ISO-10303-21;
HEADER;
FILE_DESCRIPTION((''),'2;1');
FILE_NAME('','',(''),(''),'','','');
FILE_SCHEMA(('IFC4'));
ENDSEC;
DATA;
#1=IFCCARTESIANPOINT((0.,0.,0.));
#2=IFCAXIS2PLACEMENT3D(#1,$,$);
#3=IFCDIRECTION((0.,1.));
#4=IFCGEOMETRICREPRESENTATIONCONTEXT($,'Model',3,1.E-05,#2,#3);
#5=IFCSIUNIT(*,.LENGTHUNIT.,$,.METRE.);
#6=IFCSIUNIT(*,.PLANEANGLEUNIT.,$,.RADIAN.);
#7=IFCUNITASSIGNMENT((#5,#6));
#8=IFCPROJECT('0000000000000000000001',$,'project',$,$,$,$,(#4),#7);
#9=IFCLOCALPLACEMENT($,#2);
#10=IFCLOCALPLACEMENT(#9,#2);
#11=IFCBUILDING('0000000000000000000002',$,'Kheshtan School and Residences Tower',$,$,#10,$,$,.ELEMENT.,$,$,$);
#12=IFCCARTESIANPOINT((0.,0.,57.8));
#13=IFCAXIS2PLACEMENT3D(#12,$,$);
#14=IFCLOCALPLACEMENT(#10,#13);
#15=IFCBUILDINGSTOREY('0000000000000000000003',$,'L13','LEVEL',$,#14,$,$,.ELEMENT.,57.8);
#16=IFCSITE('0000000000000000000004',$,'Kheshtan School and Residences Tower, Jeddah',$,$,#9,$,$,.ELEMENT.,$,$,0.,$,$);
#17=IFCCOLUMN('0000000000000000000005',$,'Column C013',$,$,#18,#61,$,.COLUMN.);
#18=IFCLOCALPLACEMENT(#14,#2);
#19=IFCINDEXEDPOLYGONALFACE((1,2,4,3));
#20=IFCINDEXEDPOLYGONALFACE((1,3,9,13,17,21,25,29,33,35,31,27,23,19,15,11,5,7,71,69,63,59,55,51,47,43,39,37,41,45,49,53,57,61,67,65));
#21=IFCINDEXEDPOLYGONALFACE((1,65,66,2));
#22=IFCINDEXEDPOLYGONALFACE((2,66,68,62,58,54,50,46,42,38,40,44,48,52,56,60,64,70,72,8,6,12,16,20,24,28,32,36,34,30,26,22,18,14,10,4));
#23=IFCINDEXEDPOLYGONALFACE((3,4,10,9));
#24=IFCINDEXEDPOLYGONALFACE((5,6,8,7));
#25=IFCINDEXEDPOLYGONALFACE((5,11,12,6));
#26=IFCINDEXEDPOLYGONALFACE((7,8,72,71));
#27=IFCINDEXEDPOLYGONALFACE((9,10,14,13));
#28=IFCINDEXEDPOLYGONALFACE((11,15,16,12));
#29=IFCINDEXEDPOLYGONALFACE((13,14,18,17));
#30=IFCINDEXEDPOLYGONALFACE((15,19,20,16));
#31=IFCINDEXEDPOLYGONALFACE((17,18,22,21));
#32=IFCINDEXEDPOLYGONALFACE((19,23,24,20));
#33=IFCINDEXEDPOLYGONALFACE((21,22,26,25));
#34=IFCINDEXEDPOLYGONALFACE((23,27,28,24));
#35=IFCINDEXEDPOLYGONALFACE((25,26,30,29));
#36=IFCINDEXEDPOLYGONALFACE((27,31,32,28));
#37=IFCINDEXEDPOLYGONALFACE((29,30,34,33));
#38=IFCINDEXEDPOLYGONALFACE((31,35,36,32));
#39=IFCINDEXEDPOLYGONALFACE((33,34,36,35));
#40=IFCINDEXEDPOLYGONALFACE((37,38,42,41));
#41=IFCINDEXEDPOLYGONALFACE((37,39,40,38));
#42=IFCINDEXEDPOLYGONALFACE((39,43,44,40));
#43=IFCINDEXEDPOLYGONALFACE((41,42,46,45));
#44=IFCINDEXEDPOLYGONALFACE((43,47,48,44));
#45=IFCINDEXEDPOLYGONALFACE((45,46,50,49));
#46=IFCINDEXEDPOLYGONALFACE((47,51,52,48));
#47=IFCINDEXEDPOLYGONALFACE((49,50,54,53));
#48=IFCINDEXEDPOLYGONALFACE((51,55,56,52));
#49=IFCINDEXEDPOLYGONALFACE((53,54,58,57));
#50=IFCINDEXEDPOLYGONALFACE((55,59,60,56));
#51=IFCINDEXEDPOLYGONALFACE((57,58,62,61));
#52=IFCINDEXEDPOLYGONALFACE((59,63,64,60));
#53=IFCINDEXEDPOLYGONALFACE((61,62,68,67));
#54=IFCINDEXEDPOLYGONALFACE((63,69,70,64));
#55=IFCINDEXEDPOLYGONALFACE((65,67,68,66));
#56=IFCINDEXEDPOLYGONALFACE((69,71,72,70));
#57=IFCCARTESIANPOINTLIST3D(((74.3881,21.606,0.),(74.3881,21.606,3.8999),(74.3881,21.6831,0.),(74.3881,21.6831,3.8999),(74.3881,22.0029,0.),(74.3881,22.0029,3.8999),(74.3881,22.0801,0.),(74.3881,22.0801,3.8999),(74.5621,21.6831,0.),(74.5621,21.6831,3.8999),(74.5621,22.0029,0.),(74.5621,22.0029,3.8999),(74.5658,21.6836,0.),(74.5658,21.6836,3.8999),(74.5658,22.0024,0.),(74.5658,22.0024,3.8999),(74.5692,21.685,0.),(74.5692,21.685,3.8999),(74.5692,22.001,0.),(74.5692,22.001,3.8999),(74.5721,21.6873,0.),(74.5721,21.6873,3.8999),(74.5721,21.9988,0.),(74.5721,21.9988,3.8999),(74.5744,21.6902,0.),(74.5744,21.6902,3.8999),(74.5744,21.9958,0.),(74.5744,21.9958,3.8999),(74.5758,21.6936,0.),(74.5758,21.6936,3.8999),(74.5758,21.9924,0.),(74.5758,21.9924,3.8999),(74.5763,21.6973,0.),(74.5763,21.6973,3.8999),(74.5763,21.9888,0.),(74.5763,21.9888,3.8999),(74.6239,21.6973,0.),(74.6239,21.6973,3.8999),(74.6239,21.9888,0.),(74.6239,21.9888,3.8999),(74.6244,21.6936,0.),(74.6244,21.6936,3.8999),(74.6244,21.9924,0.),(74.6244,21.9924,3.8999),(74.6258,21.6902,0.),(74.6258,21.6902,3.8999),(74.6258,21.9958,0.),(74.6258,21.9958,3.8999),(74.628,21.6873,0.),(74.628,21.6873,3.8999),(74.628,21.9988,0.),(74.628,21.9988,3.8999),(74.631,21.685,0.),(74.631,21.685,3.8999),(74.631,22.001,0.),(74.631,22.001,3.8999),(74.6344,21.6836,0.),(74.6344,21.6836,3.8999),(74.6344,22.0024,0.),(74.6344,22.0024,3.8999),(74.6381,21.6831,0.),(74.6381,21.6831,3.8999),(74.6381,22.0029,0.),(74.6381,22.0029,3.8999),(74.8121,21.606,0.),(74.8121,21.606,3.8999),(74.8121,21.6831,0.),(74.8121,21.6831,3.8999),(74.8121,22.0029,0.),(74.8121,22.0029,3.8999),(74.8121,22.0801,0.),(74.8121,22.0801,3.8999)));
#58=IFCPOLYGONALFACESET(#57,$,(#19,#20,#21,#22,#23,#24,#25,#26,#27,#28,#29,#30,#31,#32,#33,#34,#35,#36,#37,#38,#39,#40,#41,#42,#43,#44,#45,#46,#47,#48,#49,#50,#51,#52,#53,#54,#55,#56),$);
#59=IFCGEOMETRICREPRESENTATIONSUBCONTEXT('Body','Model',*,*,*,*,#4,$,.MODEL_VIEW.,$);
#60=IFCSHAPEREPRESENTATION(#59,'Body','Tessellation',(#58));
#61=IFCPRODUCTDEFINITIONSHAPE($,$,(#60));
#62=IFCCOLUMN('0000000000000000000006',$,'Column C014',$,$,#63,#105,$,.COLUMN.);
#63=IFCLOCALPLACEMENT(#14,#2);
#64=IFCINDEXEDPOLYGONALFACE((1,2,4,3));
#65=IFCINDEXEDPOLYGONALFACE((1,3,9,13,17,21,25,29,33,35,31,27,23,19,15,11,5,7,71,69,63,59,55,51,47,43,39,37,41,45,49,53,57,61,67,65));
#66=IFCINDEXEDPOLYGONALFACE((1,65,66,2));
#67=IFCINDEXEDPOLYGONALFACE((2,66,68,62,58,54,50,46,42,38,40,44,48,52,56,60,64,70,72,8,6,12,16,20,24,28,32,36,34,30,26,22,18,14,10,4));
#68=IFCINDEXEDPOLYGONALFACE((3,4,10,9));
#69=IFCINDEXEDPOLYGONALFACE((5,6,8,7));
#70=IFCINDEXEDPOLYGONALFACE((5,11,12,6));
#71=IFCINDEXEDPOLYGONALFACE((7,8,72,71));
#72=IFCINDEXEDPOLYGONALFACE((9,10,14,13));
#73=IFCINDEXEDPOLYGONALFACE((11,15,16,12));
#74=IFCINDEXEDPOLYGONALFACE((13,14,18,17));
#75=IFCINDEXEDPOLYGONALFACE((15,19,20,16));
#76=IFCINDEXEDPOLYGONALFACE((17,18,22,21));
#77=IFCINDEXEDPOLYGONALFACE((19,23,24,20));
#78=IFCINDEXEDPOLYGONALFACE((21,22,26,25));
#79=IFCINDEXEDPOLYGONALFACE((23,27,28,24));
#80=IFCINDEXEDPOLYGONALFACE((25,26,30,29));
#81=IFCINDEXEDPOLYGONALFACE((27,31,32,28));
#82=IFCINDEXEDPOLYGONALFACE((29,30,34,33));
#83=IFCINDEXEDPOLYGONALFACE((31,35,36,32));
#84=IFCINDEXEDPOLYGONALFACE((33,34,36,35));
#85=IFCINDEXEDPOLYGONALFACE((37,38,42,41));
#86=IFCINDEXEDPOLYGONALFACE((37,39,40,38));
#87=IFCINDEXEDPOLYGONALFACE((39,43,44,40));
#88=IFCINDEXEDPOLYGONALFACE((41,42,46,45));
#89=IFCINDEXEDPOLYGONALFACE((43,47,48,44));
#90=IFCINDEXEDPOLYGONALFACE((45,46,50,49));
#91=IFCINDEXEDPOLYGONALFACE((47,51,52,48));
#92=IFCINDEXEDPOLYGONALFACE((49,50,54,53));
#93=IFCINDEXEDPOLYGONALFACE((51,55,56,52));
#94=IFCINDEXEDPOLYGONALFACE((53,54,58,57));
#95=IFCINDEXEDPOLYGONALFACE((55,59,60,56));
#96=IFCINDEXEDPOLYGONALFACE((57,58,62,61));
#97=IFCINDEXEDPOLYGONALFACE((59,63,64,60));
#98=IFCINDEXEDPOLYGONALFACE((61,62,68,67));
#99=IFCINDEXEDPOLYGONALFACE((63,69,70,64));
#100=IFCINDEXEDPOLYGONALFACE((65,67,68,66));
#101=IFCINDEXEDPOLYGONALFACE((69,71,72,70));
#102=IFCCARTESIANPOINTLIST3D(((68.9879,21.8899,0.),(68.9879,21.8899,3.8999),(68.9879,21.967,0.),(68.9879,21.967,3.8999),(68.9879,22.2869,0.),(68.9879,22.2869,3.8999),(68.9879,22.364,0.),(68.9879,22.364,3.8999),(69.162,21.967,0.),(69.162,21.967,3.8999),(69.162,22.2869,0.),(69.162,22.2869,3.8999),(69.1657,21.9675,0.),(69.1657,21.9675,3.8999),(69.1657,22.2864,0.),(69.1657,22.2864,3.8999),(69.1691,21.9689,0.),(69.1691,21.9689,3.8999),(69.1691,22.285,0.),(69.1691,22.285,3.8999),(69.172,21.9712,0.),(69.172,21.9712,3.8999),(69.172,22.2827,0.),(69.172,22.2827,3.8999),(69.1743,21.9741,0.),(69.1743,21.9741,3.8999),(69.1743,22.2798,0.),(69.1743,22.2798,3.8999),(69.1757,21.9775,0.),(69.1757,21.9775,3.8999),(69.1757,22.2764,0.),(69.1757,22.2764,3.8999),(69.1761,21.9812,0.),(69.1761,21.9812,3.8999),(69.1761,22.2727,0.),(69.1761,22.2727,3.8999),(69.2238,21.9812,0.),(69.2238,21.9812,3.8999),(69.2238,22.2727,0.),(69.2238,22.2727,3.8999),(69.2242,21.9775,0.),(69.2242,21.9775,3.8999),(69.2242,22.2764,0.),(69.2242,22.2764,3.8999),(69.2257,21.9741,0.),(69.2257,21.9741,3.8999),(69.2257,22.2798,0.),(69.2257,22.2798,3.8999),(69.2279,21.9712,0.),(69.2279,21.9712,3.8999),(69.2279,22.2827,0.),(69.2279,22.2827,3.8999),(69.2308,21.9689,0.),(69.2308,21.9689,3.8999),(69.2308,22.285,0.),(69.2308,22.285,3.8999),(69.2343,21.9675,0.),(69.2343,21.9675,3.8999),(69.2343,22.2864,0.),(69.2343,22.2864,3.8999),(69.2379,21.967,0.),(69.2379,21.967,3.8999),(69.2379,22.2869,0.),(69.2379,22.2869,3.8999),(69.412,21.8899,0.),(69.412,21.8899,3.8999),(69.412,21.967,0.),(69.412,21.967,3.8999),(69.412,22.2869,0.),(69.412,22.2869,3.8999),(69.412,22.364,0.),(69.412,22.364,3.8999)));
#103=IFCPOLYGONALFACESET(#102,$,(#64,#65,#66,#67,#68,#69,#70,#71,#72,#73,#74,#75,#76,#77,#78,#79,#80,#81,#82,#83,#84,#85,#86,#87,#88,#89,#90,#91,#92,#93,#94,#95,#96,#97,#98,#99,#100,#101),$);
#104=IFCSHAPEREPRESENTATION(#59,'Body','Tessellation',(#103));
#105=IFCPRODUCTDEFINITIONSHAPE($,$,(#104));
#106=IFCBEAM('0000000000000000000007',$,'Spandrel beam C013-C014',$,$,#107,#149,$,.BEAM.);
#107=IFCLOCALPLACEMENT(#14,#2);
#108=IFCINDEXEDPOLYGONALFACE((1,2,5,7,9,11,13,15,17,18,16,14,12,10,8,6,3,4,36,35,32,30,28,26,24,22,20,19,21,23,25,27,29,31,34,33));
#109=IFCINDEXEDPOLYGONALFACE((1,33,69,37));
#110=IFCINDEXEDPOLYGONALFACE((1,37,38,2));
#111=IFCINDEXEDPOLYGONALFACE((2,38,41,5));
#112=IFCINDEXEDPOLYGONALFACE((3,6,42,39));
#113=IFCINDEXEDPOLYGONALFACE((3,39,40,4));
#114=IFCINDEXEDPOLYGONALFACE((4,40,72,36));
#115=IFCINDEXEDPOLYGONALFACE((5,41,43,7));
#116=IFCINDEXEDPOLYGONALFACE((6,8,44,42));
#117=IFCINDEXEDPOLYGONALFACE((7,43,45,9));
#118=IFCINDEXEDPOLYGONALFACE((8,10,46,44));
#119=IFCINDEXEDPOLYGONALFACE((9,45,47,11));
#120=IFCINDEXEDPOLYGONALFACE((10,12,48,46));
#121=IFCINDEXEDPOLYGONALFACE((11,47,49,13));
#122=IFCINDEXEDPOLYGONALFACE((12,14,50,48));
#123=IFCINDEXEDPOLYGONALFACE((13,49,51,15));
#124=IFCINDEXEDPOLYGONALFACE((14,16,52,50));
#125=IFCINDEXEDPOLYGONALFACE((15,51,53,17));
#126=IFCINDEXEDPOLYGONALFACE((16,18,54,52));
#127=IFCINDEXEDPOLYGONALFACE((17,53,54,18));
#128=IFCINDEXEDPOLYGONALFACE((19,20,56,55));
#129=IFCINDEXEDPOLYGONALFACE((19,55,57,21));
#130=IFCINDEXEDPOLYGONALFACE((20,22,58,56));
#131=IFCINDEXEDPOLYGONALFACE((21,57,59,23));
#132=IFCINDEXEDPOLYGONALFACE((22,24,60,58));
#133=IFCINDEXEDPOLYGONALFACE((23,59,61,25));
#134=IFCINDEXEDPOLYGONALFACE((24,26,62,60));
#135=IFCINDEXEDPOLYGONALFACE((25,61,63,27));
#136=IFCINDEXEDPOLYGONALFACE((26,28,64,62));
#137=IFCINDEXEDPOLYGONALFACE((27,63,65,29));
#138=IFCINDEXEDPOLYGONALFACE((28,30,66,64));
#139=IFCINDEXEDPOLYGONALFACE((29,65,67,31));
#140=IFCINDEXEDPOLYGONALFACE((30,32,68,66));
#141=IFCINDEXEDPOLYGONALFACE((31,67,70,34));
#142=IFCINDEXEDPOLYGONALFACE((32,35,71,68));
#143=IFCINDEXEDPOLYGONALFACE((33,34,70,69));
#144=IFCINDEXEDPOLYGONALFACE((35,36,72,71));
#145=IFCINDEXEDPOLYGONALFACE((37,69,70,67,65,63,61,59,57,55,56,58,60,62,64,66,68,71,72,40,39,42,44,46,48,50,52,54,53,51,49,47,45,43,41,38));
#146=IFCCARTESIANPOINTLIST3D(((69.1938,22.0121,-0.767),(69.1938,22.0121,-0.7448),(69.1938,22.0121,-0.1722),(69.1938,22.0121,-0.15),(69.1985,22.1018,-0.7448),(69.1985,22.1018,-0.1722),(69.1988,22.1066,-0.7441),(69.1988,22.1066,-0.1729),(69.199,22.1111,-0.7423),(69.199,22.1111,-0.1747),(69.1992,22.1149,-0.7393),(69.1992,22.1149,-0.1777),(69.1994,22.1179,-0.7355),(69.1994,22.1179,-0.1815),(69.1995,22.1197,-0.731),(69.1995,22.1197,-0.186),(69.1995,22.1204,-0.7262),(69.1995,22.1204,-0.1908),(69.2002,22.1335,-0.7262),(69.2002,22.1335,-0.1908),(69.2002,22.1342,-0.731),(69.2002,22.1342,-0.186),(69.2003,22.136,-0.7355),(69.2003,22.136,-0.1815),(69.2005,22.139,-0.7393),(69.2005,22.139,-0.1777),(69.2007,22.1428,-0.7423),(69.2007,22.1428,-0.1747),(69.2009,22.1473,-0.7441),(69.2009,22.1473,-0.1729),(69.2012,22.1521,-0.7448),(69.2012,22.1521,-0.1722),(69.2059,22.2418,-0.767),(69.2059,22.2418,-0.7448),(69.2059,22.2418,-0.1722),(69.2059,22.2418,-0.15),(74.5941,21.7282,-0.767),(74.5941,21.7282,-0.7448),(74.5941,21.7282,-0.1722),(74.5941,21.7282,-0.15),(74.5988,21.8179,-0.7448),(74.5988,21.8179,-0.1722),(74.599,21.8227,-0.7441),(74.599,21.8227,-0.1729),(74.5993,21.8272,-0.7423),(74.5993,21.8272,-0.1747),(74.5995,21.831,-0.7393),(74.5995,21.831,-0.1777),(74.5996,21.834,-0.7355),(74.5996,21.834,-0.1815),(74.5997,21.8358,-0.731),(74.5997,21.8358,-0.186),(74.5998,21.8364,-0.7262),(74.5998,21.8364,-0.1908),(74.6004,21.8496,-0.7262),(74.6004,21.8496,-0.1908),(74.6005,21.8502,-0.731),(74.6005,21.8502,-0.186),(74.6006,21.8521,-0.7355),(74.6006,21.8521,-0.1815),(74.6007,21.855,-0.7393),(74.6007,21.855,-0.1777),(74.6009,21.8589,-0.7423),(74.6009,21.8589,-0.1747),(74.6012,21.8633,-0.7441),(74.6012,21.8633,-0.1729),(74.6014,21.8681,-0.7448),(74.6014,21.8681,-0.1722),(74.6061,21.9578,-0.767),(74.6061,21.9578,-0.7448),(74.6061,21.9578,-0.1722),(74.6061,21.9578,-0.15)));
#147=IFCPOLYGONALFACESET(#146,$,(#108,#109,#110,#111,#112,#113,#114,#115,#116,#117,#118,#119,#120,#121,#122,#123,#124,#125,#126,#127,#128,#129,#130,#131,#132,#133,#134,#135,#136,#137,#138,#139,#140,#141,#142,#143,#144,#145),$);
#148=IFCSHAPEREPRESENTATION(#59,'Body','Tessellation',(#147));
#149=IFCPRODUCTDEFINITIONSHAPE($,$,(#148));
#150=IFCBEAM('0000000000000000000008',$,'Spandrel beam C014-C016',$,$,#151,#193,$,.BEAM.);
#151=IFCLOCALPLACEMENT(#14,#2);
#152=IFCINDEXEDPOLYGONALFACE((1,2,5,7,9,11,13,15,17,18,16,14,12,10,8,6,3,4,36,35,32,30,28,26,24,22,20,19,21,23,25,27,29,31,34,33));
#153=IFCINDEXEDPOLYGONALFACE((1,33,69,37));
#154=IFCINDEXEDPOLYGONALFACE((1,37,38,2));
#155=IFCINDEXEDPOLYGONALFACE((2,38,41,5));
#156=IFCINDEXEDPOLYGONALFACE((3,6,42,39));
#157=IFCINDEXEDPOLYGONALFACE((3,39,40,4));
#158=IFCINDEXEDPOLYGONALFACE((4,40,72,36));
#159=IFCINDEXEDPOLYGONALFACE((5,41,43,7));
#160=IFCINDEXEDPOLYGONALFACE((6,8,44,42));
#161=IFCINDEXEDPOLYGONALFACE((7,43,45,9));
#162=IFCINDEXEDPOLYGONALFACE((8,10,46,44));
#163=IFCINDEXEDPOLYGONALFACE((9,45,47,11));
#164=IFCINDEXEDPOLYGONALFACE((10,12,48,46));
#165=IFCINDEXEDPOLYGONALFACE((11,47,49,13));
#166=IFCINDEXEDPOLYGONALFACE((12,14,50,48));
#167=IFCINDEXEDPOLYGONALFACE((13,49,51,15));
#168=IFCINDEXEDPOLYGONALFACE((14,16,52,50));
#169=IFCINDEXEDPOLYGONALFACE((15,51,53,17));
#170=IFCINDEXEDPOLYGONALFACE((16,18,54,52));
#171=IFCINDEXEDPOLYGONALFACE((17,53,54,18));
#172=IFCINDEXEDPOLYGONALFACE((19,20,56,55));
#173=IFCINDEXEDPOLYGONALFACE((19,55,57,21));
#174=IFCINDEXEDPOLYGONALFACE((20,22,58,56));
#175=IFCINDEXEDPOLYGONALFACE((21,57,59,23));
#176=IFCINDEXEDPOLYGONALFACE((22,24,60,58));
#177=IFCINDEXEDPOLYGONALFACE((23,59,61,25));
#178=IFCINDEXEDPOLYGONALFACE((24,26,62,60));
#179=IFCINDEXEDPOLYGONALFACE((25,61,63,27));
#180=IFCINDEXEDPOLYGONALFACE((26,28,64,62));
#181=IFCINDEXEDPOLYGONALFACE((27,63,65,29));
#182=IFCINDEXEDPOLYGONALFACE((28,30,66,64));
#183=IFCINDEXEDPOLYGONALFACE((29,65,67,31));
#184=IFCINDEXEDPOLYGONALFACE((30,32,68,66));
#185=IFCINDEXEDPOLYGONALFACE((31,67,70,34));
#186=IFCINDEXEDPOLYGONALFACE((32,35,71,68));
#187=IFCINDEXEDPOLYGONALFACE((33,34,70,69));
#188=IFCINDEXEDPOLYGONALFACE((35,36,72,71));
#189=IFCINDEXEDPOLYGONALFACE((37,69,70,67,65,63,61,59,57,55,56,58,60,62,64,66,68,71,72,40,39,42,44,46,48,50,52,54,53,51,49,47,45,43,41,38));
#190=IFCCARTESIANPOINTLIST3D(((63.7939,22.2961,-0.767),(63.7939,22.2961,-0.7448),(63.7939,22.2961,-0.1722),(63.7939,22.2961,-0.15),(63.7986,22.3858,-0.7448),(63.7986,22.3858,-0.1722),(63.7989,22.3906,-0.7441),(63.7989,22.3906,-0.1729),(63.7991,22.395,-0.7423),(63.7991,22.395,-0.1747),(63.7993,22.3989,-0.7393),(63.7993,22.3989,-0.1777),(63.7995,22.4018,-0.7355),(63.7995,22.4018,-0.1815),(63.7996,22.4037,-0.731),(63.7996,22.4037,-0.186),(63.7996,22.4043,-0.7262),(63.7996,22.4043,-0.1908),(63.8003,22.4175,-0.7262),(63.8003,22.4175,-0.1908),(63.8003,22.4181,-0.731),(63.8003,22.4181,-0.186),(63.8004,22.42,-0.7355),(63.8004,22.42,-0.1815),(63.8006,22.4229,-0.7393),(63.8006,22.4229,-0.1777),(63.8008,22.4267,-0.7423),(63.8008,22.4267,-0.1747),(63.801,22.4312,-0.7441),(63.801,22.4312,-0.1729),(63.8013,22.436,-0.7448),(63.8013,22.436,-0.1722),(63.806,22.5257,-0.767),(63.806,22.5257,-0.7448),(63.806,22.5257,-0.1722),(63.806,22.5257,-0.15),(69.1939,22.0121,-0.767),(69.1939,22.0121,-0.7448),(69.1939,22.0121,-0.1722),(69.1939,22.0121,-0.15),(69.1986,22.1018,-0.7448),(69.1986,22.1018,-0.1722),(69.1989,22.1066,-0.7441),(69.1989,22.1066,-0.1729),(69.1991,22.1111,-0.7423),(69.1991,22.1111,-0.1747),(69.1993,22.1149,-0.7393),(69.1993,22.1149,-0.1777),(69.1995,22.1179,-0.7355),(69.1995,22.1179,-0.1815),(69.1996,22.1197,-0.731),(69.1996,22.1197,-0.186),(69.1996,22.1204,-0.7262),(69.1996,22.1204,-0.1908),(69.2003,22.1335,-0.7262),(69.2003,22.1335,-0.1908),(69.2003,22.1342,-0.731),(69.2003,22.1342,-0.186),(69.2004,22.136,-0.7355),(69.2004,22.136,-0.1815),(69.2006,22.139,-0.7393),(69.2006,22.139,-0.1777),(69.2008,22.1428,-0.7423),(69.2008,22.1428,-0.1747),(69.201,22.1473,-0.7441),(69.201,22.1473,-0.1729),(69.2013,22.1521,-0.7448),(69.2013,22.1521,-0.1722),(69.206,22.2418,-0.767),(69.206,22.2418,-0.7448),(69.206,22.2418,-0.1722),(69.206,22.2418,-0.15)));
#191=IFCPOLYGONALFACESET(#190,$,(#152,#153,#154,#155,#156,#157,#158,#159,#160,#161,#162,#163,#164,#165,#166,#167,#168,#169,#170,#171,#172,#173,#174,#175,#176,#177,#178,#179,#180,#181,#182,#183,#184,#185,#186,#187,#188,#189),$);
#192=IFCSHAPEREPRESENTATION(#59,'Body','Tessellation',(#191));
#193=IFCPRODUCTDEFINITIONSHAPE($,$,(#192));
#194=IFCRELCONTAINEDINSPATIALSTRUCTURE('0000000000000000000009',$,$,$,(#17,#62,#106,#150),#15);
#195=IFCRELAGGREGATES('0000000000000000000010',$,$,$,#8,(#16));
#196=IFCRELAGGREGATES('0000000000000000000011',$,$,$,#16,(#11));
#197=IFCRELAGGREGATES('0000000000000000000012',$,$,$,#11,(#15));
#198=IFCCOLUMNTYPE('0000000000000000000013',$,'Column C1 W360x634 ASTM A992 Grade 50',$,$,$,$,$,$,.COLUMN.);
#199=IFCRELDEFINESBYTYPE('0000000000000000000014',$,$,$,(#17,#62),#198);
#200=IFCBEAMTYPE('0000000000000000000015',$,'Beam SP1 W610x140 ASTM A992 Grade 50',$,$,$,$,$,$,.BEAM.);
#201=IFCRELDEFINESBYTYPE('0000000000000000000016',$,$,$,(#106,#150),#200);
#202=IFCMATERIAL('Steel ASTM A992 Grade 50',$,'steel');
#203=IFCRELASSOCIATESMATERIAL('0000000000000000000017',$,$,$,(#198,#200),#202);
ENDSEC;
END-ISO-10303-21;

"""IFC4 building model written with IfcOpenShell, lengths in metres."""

from ifc_helpers import new_model, si_unit, direction, frame, origin, origin_2d, place, context, subcontext, project, spatial, i_section, extrude, material, material_profile, profile_set, type_object, element, save


model = new_model("IFC4")

# Units and contexts
model_context = context("Model", 3, precision=1e-05, world=origin(), true_north=direction((0.0, 1.0)))
body_context = subcontext(model_context, "Body", "Model", "MODEL_VIEW")
ifc_project = project(units=[si_unit("LENGTHUNIT", "METRE"), si_unit("PLANEANGLEUNIT", "RADIAN")], contexts=[model_context])

# Site, building, storey
site_placement = place(None, origin())
site = spatial("IfcSite", under=ifc_project, at=site_placement, Name="Kheshtan School and Residences Tower, Jeddah", CompositionType="ELEMENT", RefElevation=0.0)
building_placement = place(site_placement, origin())
building = spatial("IfcBuilding", under=site, at=building_placement, Name="Kheshtan School and Residences Tower", CompositionType="ELEMENT")
storey_placement = place(building_placement, frame((0.0, 0.0, 57.8)))
storey = spatial("IfcBuildingStorey", under=building, at=storey_placement, Name="L13", Description="LEVEL", CompositionType="ELEMENT", Elevation=57.8)

# Columns
ifc_material_1 = material(Name="Steel ASTM A992 Grade 50", Category="steel")
ifc_material_profile_1 = material_profile(ifc_material_1, i_section(OverallWidth=0.4241, OverallDepth=0.4741, WebThickness=0.0476, FlangeThickness=0.0771, FilletRadius=0.0142, at=origin_2d()), Name="W360x634")
ifc_profile_set_1 = profile_set([ifc_material_profile_1], Name="Steel ASTM A992 Grade 50")
column_type = type_object("IfcColumnType", Name="Column C1 W360x634 ASTM A992 Grade 50", PredefinedType="COLUMN", material=ifc_profile_set_1)
for number, where, z_axis, x_axis, name in (
    (1, (74.6001, 21.843, 0.0), (0.0, 0.0, 1.0), (1.0, 0.0, 0.0), "Column C013"),
    (2, (69.2, 22.127, 0.0), (0.0, 0.0, 1.0), (1.0, 0.0, 0.0), "Column C014"),
):
    element("IfcColumn", number, at=place(storey_placement, frame(where, z_axis=z_axis, x_axis=x_axis)), inside=storey, type_object=column_type, Name=name, PredefinedType="COLUMN", context=body_context, shape_type="SweptSolid", body=[
        extrude(i_section(OverallWidth=0.4241, OverallDepth=0.4741, WebThickness=0.0476, FlangeThickness=0.0771, FilletRadius=0.0142, at=origin_2d()), origin(), (0.0, 0.0, 1.0), 3.8999),
    ])

# Beams
ifc_material_profile_2 = material_profile(ifc_material_1, i_section(OverallWidth=0.23, OverallDepth=0.6169, WebThickness=0.0132, FlangeThickness=0.0222, FilletRadius=0.0186, at=origin_2d()), Name="W610x140")
ifc_profile_set_2 = profile_set([ifc_material_profile_2], Name="Steel ASTM A992 Grade 50")
beam_type = type_object("IfcBeamType", Name="Beam SP1 W610x140 ASTM A992 Grade 50", PredefinedType="BEAM", material=ifc_profile_set_2)
beam_1_placement = place(storey_placement, frame((74.6001, 21.843, -0.4585), z_axis=(-0.998621, 0.052507, 0.0), x_axis=(-0.052507, -0.998621, 0.0)))
element("IfcBeam", 3, at=beam_1_placement, inside=storey, type_object=beam_type, Name="Spandrel beam C013-C014", PredefinedType="BEAM", context=body_context, shape_type="SweptSolid", body=[
    extrude(i_section(OverallWidth=0.23, OverallDepth=0.6169, WebThickness=0.0132, FlangeThickness=0.0222, FilletRadius=0.0186, at=origin_2d()), origin(), (0.0, 0.0, 1.0), 5.4077),
])
beam_2_placement = place(storey_placement, frame((69.2, 22.127, -0.4585), z_axis=(-0.99862, 0.052509, 0.0), x_axis=(-0.052509, -0.99862, 0.0)))
element("IfcBeam", 4, at=beam_2_placement, inside=storey, type_object=beam_type, Name="Spandrel beam C014-C016", PredefinedType="BEAM", context=body_context, shape_type="SweptSolid", body=[
    extrude(i_section(OverallWidth=0.23, OverallDepth=0.6169, WebThickness=0.0132, FlangeThickness=0.0222, FilletRadius=0.0186, at=origin_2d()), origin(), (0.0, 0.0, 1.0), 5.4075),
])

save(model, "model.ifc")
